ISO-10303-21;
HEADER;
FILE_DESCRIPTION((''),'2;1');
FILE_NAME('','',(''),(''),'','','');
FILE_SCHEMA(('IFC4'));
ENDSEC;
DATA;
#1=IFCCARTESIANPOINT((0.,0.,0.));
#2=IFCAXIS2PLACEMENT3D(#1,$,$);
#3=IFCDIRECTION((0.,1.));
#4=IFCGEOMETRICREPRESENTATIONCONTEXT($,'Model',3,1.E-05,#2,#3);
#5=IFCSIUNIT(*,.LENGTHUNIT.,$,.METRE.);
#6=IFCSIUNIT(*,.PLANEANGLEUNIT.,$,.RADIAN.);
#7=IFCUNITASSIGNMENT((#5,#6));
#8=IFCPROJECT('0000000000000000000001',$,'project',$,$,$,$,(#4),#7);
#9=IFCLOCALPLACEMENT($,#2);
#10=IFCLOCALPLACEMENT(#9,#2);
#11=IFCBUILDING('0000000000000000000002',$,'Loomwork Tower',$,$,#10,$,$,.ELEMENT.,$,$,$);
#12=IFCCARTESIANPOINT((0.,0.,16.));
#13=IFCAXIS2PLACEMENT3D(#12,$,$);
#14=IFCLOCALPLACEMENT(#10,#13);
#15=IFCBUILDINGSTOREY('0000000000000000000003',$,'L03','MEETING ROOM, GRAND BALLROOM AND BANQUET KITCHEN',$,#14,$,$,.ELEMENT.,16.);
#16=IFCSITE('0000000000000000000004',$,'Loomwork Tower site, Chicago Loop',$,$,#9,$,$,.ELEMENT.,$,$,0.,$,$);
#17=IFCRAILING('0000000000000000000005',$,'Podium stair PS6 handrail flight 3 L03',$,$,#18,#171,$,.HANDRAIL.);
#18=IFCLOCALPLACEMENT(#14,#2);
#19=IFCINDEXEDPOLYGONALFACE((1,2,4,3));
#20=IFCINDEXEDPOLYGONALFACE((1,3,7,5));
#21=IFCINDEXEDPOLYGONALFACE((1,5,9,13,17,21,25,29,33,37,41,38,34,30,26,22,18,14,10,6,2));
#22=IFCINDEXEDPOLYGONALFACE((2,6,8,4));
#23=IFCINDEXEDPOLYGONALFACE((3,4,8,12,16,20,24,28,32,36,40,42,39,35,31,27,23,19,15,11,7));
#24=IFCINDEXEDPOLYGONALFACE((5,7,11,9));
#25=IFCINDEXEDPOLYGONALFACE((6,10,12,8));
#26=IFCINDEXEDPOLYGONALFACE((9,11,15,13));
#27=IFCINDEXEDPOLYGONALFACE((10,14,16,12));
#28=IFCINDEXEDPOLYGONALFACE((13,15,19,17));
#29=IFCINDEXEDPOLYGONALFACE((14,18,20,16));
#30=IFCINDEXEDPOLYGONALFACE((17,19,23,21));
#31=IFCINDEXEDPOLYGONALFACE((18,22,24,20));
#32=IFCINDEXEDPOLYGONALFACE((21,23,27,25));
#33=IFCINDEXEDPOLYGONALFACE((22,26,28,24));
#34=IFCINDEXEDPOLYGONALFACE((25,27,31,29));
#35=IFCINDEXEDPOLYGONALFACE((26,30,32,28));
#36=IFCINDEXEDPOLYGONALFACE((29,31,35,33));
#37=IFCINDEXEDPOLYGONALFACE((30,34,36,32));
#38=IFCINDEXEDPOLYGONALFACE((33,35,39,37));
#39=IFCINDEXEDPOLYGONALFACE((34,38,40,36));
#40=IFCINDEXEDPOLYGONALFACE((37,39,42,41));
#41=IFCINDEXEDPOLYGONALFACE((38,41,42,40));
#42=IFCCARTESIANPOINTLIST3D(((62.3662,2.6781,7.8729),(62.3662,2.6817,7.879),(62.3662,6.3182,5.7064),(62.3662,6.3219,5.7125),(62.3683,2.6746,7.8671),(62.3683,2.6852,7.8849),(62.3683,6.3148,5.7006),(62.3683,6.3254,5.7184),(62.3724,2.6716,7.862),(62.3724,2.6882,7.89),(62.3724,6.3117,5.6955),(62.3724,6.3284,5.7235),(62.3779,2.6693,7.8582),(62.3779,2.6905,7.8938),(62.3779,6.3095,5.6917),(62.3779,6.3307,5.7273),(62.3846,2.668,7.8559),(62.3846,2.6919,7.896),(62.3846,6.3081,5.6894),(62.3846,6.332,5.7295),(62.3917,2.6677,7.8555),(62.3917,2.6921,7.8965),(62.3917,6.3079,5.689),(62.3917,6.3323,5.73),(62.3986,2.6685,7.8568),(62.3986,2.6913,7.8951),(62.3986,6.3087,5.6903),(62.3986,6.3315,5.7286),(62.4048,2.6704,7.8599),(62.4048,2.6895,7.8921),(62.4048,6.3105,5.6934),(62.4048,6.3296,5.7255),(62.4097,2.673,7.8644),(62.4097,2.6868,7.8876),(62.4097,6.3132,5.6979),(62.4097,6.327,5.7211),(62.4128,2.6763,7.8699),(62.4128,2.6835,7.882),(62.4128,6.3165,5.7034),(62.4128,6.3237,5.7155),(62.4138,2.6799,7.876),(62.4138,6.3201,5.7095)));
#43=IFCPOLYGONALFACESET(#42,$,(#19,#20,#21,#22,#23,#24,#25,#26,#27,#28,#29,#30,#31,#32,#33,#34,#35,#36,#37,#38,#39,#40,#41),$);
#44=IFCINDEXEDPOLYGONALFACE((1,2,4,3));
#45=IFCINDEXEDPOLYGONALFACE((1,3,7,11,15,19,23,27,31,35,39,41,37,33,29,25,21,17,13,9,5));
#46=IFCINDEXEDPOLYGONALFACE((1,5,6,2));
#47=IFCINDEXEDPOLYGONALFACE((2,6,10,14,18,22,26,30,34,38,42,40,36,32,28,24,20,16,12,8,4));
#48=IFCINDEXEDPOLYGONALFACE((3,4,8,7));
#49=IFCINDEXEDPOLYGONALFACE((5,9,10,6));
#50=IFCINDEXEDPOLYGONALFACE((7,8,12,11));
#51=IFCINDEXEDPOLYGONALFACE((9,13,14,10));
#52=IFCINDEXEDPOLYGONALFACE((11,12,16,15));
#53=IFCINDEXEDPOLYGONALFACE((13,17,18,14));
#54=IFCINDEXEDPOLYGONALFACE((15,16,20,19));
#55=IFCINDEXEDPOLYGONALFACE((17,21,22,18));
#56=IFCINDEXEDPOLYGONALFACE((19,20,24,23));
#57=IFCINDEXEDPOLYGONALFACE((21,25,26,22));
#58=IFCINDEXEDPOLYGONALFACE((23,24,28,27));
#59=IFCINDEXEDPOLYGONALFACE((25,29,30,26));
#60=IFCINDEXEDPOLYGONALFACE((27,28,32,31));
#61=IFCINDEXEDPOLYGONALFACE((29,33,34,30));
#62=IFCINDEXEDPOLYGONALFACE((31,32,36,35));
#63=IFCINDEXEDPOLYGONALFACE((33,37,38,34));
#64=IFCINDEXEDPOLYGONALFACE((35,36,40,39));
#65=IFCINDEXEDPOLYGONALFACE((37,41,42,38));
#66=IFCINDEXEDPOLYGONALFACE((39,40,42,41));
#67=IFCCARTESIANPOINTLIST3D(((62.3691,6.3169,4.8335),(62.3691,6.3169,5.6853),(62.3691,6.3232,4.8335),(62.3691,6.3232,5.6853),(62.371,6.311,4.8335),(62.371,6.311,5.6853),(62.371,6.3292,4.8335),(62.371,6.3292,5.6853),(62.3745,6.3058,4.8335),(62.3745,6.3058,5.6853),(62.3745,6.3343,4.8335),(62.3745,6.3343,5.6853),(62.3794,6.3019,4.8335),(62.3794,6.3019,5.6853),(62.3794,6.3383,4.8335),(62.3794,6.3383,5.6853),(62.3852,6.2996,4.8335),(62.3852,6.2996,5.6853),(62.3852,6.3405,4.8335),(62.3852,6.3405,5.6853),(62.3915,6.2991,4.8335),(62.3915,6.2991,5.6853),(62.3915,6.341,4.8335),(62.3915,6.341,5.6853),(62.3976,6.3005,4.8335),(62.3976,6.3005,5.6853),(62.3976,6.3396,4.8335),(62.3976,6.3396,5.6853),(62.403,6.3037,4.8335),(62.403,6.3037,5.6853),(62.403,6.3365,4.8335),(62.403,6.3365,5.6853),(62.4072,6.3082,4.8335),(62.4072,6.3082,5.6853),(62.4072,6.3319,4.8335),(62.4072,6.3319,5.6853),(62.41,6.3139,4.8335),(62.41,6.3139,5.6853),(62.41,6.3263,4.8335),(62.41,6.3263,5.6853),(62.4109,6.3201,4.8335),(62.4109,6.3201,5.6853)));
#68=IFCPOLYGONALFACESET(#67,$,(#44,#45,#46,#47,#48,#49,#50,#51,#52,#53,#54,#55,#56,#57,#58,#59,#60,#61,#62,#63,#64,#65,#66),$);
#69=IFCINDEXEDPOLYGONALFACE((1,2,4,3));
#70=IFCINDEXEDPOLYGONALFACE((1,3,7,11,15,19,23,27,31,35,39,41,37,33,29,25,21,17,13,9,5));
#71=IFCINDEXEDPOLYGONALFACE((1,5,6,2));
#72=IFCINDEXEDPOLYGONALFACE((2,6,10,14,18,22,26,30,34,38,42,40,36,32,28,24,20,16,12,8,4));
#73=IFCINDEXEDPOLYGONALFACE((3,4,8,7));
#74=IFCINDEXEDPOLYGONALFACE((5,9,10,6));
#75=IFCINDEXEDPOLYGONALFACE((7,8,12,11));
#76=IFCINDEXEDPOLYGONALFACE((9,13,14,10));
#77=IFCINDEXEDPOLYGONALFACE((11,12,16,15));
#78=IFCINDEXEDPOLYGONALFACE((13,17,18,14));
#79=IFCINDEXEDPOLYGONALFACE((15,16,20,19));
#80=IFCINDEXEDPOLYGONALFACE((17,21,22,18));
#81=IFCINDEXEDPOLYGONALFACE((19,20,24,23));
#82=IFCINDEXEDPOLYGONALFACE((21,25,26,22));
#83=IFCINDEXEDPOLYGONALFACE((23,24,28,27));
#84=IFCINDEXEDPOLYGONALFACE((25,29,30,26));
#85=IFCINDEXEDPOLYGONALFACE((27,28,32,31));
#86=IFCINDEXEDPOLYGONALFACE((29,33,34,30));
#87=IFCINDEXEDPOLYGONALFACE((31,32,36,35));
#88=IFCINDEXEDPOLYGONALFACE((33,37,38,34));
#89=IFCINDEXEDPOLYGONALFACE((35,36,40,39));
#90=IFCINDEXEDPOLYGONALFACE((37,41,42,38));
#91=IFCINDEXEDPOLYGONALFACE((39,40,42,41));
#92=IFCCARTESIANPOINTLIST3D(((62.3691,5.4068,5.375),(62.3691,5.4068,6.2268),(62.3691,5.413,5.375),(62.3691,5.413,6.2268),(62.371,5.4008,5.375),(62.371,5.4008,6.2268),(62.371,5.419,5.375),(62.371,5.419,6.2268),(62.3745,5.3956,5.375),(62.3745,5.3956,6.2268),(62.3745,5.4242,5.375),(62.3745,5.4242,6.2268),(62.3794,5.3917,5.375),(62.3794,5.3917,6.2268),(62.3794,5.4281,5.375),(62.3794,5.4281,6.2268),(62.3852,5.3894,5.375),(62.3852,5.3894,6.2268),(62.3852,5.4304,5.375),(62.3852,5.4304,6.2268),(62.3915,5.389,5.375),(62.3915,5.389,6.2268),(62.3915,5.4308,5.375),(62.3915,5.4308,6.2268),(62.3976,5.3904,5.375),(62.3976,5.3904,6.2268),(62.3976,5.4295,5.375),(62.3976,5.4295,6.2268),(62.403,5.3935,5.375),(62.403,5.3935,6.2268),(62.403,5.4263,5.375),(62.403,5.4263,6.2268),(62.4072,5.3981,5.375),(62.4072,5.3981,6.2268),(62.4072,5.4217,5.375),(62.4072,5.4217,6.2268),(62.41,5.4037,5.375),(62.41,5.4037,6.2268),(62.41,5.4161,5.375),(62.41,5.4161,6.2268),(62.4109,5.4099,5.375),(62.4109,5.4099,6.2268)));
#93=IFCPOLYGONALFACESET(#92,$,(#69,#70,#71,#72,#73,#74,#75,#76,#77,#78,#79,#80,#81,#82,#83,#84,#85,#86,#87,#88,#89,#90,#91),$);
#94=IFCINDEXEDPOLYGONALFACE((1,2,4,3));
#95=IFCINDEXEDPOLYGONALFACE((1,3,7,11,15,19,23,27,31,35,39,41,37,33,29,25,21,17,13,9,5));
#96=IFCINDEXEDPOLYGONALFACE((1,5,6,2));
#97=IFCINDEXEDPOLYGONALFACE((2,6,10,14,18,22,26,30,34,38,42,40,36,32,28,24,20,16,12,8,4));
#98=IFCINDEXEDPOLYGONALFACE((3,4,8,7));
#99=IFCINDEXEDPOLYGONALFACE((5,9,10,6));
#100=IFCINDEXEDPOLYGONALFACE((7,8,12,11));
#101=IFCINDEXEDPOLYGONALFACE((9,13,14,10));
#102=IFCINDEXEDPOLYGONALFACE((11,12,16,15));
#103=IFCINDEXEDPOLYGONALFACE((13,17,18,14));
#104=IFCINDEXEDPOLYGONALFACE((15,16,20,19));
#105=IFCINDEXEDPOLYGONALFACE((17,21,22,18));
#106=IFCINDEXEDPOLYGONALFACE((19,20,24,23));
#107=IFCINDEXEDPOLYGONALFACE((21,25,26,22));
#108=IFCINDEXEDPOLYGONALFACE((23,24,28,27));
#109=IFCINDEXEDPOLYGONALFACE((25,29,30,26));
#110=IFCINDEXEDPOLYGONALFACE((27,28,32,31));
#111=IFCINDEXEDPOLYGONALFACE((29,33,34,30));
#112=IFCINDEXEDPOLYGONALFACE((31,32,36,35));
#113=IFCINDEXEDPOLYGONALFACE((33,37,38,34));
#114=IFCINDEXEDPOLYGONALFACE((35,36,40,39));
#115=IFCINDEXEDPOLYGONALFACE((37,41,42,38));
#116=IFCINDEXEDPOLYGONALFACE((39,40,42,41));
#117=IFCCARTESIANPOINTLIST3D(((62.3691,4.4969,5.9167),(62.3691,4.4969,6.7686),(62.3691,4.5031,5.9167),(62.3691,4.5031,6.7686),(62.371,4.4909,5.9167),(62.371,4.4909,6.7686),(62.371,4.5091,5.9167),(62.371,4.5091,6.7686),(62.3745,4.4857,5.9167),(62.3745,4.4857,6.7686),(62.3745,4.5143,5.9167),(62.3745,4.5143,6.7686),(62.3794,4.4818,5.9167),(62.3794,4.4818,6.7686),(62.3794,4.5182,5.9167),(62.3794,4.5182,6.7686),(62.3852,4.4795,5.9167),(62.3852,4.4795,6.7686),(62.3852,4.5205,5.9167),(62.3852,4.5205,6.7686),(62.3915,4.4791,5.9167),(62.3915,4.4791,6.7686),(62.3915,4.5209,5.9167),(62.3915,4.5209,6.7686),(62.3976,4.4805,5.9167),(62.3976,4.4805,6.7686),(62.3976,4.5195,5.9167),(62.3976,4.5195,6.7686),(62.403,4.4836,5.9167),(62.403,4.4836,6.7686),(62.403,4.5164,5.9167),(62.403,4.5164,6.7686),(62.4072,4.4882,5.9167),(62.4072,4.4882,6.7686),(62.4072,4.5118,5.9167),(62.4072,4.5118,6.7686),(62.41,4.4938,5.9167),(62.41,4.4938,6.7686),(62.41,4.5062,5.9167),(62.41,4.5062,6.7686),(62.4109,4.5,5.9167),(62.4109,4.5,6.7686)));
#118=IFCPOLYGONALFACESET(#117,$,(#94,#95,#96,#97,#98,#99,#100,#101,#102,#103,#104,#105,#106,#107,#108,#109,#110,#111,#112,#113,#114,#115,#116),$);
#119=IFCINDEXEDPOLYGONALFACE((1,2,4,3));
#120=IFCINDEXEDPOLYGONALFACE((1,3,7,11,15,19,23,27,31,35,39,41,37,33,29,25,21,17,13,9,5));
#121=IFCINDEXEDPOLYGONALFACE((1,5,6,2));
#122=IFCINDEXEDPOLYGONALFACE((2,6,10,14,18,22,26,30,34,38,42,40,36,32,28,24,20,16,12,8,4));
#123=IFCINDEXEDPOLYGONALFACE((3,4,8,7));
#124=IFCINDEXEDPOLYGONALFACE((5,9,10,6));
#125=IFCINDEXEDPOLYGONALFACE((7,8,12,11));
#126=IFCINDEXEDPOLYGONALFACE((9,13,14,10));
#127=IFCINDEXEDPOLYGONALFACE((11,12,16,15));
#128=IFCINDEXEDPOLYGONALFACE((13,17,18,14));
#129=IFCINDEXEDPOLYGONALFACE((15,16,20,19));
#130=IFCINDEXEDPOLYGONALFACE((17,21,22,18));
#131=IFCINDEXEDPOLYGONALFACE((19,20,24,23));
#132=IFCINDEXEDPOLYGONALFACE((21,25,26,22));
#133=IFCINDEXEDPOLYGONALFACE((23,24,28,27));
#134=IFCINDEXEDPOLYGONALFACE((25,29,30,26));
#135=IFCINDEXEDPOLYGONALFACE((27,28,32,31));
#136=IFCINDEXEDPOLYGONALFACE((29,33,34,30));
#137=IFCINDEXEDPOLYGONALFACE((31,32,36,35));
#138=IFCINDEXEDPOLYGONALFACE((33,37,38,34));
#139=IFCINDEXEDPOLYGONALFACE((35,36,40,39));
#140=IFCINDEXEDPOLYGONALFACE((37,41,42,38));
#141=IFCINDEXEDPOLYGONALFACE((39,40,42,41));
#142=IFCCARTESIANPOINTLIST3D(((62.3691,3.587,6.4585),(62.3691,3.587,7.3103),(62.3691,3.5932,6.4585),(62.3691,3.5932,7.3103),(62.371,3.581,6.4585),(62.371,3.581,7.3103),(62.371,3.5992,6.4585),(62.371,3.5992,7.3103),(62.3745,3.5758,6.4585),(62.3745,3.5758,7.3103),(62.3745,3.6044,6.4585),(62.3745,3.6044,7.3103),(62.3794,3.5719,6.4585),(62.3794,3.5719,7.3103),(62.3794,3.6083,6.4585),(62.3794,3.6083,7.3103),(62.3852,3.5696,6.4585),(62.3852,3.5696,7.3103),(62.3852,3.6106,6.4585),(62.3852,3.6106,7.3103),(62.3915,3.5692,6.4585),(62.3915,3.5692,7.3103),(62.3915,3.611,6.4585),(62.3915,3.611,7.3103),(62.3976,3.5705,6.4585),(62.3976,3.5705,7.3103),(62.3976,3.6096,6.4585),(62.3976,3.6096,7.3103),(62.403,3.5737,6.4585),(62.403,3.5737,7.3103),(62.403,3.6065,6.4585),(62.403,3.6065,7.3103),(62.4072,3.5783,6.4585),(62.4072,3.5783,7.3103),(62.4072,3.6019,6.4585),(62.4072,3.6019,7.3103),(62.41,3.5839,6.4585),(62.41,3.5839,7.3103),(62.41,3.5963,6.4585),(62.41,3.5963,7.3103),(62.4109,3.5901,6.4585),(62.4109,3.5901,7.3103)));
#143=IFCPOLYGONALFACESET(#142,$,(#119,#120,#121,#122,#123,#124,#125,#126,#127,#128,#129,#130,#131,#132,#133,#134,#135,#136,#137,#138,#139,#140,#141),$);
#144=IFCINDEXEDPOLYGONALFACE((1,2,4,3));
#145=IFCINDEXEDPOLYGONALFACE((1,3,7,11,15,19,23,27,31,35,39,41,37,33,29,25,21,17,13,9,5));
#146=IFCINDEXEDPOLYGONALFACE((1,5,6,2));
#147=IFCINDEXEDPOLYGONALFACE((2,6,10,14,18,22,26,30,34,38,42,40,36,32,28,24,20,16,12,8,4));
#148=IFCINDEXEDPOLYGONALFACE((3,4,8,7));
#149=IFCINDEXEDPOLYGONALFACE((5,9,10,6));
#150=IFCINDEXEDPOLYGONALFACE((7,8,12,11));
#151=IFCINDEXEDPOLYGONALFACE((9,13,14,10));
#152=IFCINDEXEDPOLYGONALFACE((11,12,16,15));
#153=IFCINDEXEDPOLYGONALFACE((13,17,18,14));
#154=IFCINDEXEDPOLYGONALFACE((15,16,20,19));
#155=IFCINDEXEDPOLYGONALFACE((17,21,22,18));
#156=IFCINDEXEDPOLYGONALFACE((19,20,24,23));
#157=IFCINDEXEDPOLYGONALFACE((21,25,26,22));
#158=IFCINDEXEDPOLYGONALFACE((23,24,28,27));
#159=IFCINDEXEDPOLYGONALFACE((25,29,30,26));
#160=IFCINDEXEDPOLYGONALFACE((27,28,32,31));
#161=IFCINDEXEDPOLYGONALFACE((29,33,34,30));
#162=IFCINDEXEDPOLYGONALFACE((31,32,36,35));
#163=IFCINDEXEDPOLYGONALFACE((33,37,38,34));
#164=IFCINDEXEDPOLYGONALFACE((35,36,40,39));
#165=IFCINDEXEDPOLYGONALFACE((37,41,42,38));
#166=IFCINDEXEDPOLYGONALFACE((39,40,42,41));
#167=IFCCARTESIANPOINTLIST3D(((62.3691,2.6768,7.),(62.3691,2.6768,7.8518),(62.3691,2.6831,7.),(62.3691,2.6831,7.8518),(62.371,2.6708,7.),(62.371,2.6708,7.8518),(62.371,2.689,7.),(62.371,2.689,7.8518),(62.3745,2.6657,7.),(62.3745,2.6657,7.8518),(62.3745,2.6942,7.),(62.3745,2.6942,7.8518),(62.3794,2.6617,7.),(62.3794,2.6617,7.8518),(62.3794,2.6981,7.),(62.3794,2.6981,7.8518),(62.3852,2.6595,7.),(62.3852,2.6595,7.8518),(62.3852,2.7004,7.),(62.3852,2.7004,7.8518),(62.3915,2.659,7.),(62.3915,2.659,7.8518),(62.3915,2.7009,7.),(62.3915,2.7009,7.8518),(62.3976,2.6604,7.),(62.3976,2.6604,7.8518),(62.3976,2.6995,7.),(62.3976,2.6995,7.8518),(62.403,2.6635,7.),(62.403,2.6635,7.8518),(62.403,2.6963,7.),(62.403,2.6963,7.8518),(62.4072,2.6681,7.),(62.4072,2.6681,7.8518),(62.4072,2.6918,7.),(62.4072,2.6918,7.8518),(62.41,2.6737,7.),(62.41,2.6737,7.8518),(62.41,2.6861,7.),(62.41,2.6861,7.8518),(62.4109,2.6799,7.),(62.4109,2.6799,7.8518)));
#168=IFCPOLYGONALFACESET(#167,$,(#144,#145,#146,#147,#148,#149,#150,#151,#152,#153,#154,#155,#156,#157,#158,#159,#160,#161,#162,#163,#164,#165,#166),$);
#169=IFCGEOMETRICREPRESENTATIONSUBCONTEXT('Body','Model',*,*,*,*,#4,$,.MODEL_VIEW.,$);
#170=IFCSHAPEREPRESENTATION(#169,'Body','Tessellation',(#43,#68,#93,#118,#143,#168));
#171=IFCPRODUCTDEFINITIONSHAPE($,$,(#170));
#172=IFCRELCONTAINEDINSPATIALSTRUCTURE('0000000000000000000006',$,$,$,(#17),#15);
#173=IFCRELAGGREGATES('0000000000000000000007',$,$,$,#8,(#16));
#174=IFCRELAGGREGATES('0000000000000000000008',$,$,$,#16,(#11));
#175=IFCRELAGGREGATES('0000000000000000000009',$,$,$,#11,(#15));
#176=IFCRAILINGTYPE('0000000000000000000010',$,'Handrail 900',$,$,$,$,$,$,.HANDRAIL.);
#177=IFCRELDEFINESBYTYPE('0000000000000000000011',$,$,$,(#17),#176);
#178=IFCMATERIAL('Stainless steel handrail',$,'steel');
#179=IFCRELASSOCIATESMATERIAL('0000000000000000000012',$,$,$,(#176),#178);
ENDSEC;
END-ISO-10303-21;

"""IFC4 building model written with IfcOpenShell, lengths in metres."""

from ifc_helpers import new_model, si_unit, direction, frame, origin, origin_2d, place, context, subcontext, project, spatial, circle, extrude, material, type_object, element, save


model = new_model("IFC4")

# Units and contexts
model_context = context("Model", 3, precision=1e-05, world=origin(), true_north=direction((0.0, 1.0)))
body_context = subcontext(model_context, "Body", "Model", "MODEL_VIEW")
ifc_project = project(units=[si_unit("LENGTHUNIT", "METRE"), si_unit("PLANEANGLEUNIT", "RADIAN")], contexts=[model_context])

# Site, building, storey
site_placement = place(None, origin())
site = spatial("IfcSite", under=ifc_project, at=site_placement, Name="Loomwork Tower site, Chicago Loop", CompositionType="ELEMENT", RefElevation=0.0)
building_placement = place(site_placement, origin())
building = spatial("IfcBuilding", under=site, at=building_placement, Name="Loomwork Tower", CompositionType="ELEMENT")
storey_placement = place(building_placement, frame((0.0, 0.0, 16.0)))
storey = spatial("IfcBuildingStorey", under=building, at=storey_placement, Name="L03", Description="MEETING ROOM, GRAND BALLROOM AND BANQUET KITCHEN", CompositionType="ELEMENT", Elevation=16.0)

# Railing
ifc_material_1 = material(Name="Stainless steel handrail", Category="steel")
railing_type = type_object("IfcRailingType", Name="Handrail 900", PredefinedType="HANDRAIL", material=ifc_material_1)
railing_1_placement = place(storey_placement, frame((62.3899, 6.3201, 4.8335)))
element("IfcRailing", 1, at=railing_1_placement, inside=storey, type_object=railing_type, Name="Podium stair PS6 handrail flight 3 L03", PredefinedType="HANDRAIL", context=body_context, shape_type="SweptSolid", body=[
    extrude(circle(Radius=0.0239, at=origin_2d()), frame((0.0, 0.0, 0.876), z_axis=(0.0, -0.859318, 0.511441), x_axis=(1.0, 0.0, 0.0)), (0.0, 0.0, 1.0), 4.2361),
    extrude(circle(Radius=0.021, at=origin_2d()), origin(), (0.0, 0.0, 1.0), 0.8518),
    extrude(circle(Radius=0.021, at=origin_2d()), frame((0.0, -0.9102, 0.5415)), (0.0, 0.0, 1.0), 0.8518),
    extrude(circle(Radius=0.021, at=origin_2d()), frame((0.0, -1.8201, 1.0833)), (0.0, 0.0, 1.0), 0.8518),
    extrude(circle(Radius=0.021, at=origin_2d()), frame((0.0, -2.73, 1.625)), (0.0, 0.0, 1.0), 0.8518),
    extrude(circle(Radius=0.021, at=origin_2d()), frame((0.0, -3.6401, 2.1665)), (0.0, 0.0, 1.0), 0.8518),
])

save(model, "model.ifc")
